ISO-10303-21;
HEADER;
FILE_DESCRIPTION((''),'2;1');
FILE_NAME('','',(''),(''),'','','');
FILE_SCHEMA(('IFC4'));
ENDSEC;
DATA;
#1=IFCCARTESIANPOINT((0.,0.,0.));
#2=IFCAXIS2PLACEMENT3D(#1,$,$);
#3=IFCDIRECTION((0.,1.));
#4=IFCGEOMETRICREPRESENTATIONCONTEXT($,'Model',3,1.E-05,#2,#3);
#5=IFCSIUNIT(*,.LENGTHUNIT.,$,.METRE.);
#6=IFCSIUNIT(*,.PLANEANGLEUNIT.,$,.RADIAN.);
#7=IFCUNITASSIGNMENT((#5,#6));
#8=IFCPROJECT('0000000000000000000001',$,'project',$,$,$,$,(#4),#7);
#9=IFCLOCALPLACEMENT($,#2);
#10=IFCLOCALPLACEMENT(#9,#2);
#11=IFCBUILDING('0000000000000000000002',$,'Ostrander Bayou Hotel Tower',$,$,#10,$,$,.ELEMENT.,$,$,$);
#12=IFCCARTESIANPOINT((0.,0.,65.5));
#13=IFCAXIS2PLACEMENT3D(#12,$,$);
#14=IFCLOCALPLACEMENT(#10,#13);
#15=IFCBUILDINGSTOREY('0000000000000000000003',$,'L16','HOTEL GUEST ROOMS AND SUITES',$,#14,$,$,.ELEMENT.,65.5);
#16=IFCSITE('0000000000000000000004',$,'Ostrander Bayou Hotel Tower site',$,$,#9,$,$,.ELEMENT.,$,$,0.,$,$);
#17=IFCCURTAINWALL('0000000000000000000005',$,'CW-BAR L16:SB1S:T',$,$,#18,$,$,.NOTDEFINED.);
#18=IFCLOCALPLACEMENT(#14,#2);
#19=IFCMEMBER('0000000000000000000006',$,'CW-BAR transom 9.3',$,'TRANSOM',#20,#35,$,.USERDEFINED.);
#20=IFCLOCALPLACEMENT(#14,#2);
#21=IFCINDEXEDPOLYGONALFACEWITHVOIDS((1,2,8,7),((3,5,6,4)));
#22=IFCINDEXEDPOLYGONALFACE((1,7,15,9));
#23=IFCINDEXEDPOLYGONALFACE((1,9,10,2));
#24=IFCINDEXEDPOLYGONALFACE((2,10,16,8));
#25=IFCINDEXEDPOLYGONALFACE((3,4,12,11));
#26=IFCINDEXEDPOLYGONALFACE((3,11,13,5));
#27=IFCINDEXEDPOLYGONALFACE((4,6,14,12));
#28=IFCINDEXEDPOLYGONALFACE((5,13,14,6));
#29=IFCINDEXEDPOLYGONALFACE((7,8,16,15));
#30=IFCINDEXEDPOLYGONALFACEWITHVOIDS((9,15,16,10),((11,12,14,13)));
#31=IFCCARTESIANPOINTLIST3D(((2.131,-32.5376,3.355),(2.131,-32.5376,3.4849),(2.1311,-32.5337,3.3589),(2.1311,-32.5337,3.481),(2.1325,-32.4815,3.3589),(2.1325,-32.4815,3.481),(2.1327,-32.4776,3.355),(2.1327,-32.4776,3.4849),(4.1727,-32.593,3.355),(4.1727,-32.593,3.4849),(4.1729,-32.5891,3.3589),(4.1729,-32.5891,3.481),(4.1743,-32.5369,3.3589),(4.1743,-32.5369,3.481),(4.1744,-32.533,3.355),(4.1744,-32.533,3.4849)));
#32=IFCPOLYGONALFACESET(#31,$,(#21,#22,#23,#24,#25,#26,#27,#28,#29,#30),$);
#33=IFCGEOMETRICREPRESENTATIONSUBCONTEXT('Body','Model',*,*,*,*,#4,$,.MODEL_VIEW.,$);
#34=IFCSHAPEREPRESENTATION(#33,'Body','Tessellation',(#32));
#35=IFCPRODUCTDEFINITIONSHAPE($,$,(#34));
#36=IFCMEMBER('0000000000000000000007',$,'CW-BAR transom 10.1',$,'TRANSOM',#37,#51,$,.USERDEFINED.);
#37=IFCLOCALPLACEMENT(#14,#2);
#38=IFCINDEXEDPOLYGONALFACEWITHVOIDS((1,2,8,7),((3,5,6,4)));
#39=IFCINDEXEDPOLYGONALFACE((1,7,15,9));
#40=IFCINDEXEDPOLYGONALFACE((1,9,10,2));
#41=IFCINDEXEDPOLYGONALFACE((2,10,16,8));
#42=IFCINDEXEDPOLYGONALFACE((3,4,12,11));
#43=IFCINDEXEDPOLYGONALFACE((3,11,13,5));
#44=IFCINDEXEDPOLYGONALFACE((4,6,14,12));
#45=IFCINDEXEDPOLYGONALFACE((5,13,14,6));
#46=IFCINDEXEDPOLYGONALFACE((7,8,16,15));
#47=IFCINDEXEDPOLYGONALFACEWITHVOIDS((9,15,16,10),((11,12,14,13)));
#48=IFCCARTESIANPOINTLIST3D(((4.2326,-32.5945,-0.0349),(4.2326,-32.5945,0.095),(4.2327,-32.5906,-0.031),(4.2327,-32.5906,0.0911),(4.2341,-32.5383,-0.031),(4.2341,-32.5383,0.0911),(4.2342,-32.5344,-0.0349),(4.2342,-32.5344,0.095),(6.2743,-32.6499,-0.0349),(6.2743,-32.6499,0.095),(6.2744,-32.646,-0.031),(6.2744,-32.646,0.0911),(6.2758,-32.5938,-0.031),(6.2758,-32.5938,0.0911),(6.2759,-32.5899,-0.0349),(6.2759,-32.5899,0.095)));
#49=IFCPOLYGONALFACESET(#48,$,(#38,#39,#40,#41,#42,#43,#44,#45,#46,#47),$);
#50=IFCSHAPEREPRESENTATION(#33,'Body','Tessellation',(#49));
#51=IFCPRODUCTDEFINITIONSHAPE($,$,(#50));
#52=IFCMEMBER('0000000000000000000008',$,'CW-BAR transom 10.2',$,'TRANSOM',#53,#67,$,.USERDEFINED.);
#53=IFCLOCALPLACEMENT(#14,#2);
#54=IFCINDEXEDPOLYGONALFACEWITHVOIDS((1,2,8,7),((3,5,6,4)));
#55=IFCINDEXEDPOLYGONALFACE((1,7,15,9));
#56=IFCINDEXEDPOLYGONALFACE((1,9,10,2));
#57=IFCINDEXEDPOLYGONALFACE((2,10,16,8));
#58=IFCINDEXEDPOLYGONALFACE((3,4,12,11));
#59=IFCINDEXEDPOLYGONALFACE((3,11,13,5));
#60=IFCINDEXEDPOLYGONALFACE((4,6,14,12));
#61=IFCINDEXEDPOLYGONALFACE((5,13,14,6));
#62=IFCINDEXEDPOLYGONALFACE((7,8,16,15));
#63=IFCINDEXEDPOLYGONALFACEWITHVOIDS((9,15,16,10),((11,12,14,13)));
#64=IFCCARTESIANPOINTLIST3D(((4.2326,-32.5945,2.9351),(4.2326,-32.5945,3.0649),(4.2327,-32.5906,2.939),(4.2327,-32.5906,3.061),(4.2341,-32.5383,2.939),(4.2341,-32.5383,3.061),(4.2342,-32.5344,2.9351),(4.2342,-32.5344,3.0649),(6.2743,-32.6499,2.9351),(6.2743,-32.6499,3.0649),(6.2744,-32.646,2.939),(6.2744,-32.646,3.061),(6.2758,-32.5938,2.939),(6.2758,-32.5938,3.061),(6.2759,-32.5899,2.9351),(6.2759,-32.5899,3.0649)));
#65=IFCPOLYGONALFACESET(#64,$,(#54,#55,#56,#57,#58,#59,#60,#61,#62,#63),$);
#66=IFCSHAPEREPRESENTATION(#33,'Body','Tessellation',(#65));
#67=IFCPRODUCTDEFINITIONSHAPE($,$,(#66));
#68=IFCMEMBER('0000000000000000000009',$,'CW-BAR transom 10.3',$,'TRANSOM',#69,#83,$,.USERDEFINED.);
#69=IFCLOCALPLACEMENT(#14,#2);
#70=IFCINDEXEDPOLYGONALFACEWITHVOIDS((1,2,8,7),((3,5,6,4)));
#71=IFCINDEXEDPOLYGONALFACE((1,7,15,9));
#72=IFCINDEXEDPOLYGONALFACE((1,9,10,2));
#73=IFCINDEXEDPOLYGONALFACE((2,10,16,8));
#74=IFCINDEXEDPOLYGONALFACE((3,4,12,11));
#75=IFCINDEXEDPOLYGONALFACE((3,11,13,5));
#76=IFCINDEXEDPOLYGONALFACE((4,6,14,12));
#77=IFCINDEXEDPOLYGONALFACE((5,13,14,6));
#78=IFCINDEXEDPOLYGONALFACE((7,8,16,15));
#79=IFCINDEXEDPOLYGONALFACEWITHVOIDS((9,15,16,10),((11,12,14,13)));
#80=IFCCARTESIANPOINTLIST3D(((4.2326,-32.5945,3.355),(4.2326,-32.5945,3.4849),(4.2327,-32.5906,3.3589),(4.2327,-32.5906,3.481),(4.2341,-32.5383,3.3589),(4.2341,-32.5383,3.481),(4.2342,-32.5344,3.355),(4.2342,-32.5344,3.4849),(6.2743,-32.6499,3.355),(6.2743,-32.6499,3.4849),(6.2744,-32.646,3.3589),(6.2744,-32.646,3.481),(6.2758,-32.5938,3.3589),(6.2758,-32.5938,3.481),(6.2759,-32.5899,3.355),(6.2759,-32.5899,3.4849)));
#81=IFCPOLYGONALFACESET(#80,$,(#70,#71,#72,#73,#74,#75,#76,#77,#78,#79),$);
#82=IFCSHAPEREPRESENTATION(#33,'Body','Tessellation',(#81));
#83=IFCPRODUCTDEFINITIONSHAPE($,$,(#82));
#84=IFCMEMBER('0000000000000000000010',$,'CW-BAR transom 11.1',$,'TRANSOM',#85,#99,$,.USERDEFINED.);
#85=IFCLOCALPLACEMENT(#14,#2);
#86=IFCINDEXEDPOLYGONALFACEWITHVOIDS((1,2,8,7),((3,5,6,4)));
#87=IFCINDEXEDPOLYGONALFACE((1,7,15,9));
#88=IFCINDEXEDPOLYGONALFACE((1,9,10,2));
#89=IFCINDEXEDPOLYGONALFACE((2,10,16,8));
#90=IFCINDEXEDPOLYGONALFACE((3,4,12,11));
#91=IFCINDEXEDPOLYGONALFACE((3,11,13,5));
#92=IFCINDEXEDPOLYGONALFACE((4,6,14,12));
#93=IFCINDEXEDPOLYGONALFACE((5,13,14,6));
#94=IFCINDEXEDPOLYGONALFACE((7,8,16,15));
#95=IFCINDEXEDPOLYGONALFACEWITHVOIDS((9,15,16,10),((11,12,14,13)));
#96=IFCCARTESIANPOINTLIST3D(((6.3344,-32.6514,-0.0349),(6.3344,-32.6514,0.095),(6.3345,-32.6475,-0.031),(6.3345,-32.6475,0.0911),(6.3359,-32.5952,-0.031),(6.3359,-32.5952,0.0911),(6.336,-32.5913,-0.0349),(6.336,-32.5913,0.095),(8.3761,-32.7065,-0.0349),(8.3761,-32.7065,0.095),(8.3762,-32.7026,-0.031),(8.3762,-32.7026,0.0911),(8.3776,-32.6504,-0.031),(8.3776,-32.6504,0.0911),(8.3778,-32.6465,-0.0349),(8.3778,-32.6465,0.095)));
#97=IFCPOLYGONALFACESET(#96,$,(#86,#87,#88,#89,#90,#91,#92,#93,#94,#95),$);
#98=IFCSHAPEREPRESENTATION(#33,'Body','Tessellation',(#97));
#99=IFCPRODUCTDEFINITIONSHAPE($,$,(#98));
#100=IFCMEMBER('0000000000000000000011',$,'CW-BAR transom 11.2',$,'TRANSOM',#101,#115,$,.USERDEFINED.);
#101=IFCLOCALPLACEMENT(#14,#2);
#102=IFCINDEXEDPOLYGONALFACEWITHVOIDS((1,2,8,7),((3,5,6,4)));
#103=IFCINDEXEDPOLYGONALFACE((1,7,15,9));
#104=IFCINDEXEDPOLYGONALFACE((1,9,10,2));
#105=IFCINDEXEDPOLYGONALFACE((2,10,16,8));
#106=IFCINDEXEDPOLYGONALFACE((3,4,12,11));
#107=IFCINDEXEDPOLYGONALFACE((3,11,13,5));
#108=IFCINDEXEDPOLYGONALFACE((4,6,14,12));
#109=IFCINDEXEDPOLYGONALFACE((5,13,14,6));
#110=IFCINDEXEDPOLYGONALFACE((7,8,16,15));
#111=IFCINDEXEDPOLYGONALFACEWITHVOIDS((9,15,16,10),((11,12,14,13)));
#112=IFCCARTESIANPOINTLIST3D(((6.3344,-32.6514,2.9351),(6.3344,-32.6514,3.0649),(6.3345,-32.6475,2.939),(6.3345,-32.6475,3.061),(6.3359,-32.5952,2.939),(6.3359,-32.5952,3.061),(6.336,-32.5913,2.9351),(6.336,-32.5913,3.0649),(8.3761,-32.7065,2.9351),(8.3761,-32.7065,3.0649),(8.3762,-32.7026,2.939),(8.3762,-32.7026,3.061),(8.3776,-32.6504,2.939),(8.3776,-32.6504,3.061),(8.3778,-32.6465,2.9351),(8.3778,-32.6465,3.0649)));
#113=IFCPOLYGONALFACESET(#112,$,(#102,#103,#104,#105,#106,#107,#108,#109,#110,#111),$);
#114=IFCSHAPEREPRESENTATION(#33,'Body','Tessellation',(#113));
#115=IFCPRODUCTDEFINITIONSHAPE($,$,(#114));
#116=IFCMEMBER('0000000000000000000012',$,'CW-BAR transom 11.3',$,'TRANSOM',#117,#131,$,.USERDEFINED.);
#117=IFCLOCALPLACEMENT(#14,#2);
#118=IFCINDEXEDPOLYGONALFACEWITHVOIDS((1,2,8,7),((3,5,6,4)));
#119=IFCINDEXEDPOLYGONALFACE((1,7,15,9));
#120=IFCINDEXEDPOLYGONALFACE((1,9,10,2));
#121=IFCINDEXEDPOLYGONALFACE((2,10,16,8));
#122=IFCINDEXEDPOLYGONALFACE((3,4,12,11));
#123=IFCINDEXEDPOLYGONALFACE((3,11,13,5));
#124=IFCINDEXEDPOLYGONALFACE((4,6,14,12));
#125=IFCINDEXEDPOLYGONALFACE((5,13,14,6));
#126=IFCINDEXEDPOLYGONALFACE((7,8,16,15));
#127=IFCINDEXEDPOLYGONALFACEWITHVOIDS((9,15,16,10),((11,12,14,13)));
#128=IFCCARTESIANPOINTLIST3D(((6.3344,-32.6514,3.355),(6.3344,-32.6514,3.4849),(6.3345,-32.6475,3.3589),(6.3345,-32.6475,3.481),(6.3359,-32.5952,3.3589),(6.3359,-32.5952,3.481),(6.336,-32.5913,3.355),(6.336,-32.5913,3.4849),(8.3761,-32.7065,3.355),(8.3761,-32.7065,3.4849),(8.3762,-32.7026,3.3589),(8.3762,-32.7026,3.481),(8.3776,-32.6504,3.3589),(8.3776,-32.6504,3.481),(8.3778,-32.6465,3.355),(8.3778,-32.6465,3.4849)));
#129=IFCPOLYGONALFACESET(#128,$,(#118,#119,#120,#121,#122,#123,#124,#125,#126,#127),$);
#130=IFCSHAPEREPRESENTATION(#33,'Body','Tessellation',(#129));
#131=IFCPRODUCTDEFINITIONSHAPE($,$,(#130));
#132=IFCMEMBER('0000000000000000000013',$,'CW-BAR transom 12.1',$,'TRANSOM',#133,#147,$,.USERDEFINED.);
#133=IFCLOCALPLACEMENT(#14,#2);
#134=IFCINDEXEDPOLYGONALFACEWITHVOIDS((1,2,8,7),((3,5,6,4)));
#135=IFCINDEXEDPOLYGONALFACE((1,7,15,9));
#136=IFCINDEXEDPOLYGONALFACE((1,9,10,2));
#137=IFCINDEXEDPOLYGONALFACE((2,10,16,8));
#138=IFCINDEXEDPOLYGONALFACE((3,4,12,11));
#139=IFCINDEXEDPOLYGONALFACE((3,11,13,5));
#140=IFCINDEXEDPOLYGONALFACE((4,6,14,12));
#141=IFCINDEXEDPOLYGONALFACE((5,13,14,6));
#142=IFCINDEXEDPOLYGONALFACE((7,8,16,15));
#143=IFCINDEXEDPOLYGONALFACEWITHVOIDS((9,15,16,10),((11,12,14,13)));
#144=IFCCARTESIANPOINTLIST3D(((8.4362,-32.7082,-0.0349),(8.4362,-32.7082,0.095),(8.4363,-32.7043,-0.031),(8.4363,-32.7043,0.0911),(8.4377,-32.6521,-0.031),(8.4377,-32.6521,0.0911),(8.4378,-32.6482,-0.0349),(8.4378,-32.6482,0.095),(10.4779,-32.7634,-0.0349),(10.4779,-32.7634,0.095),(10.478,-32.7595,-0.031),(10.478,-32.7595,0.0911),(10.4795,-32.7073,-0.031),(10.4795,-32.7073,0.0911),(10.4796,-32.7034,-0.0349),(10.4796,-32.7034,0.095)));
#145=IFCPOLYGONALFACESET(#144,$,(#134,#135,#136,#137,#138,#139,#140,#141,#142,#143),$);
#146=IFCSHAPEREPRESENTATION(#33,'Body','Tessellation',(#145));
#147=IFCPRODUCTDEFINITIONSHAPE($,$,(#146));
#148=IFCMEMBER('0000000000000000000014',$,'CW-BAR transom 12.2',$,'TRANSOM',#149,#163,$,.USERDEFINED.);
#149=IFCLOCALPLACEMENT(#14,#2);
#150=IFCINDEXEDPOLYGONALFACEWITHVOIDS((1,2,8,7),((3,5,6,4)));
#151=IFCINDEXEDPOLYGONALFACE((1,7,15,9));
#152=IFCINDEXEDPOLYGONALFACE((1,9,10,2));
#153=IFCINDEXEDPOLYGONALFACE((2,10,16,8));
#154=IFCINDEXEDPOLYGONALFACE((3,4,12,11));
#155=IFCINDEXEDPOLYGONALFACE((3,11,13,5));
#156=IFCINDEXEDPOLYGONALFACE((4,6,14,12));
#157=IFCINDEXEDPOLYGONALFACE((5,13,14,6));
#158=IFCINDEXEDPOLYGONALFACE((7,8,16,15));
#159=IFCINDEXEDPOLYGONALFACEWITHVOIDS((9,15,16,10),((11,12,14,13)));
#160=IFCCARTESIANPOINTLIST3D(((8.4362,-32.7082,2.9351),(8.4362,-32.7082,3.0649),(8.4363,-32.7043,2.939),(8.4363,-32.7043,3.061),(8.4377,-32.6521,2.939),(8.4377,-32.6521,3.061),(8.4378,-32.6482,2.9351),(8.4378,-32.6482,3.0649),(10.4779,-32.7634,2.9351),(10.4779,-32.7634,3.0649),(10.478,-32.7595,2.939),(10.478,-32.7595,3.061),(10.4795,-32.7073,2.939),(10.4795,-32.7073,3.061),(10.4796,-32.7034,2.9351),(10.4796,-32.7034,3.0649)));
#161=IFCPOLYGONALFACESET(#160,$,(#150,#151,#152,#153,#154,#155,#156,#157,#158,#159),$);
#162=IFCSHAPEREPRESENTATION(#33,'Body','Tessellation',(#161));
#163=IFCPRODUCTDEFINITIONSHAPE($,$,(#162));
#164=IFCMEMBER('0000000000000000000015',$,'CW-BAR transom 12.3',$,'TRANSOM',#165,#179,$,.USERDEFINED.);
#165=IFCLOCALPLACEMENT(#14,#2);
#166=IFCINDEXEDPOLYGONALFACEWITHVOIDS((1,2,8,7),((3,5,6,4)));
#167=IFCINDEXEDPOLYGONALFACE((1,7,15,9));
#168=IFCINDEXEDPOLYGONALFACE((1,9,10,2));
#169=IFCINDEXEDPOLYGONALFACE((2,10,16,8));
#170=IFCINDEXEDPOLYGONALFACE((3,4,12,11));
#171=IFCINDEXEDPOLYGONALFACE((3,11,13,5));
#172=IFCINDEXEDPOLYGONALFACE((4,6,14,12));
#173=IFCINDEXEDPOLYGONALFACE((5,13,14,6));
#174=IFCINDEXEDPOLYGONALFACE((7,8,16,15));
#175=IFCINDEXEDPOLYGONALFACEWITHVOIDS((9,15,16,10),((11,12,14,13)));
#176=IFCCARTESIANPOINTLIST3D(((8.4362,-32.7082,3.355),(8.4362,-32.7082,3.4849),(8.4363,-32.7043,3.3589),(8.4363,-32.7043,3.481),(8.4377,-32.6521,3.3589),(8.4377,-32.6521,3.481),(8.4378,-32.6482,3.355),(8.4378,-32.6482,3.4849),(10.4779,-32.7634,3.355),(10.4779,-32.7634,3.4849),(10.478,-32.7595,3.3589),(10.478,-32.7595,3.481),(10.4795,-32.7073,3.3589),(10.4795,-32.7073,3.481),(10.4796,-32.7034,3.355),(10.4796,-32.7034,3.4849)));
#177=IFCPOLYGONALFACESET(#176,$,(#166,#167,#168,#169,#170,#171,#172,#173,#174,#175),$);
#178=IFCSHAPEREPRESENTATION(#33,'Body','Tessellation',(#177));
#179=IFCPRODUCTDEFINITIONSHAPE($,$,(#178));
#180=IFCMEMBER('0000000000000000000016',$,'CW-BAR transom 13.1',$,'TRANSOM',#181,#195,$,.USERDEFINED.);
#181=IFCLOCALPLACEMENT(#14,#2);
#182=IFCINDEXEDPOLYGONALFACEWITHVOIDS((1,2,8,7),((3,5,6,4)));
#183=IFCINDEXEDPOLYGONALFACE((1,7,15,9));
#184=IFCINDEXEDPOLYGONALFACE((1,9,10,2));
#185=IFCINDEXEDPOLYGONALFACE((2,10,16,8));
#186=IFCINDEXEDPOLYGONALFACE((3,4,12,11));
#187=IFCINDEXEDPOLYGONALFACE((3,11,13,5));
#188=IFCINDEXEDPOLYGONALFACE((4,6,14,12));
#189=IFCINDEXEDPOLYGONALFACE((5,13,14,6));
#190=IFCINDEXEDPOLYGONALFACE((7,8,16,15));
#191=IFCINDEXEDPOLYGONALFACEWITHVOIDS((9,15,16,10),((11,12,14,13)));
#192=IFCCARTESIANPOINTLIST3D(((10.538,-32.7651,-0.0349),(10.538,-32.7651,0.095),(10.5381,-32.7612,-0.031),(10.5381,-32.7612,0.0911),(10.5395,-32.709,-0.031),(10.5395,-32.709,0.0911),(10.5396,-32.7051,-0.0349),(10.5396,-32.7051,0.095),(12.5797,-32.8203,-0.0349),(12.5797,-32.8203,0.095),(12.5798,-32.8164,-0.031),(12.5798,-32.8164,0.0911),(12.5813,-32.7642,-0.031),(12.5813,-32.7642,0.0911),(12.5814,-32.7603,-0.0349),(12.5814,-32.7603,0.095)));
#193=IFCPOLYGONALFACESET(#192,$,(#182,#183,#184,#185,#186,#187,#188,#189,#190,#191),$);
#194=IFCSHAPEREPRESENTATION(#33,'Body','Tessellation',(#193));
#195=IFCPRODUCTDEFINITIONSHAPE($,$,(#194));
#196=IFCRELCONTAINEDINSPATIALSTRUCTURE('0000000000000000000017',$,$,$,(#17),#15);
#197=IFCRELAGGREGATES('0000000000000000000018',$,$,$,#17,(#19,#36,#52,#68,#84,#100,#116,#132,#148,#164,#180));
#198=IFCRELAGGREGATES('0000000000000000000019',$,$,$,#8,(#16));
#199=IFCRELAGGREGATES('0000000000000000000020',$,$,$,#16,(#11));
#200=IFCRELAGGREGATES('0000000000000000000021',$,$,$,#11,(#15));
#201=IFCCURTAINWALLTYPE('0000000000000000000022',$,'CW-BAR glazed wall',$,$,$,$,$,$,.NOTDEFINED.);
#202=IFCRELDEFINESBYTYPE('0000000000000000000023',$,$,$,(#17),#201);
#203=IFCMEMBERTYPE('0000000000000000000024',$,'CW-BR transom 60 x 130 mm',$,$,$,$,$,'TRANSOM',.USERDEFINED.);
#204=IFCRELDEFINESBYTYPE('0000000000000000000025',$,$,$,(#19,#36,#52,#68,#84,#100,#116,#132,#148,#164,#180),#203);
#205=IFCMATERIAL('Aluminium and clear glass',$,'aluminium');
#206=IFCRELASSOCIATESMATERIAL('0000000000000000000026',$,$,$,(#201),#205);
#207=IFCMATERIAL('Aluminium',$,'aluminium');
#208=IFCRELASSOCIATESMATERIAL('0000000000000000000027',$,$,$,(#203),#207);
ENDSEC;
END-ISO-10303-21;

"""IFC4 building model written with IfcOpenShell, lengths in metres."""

from ifc_helpers import new_model, si_unit, direction, frame, origin, origin_2d, place, context, subcontext, project, spatial, hollow_rectangle, extrude, material, material_profile, profile_set, type_object, element, aggregate, save


model = new_model("IFC4")

# Units and contexts
model_context = context("Model", 3, precision=1e-05, world=origin(), true_north=direction((0.0, 1.0)))
body_context = subcontext(model_context, "Body", "Model", "MODEL_VIEW")
ifc_project = project(units=[si_unit("LENGTHUNIT", "METRE"), si_unit("PLANEANGLEUNIT", "RADIAN")], contexts=[model_context])

# Site, building, storey
site_placement = place(None, origin())
site = spatial("IfcSite", under=ifc_project, at=site_placement, Name="Ostrander Bayou Hotel Tower site", CompositionType="ELEMENT", RefElevation=0.0)
building_placement = place(site_placement, origin())
building = spatial("IfcBuilding", under=site, at=building_placement, Name="Ostrander Bayou Hotel Tower", CompositionType="ELEMENT")
storey_placement = place(building_placement, frame((0.0, 0.0, 65.5)))
storey = spatial("IfcBuildingStorey", under=building, at=storey_placement, Name="L16", Description="HOTEL GUEST ROOMS AND SUITES", CompositionType="ELEMENT", Elevation=65.5)

# Curtain wall, members
ifc_material_1 = material(Name="Aluminium and clear glass", Category="aluminium")
curtain_wall_type = type_object("IfcCurtainWallType", Name="CW-BAR glazed wall", PredefinedType="NOTDEFINED", material=ifc_material_1)
curtain_wall_placement = place(storey_placement, origin())
curtain_wall = element("IfcCurtainWall", 1, at=curtain_wall_placement, inside=storey, type_object=curtain_wall_type, Name="CW-BAR L16:SB1S:T", PredefinedType="NOTDEFINED")
ifc_material_2 = material(Name="Aluminium", Category="aluminium")
ifc_material_profile_1 = material_profile(ifc_material_2, hollow_rectangle(XDim=0.0601, YDim=0.1299, WallThickness=0.0039, at=origin_2d()))
ifc_profile_set_1 = profile_set([ifc_material_profile_1], Name="Aluminium")
member_type_1 = type_object("IfcMemberType", Name="CW-BR transom 60 x 130 mm", ElementType="TRANSOM", PredefinedType="USERDEFINED", material=ifc_profile_set_1)
member_1_placement = place(storey_placement, frame((2.1318, -32.5076, 3.4199), z_axis=(0.999632, -0.027133, 0.0), x_axis=(0.027133, 0.999632, 0.0)))
member_1 = element("IfcMember", 2, at=member_1_placement, type_object=member_type_1, Name="CW-BAR transom 9.3", ObjectType="TRANSOM", PredefinedType="USERDEFINED", context=body_context, shape_type="SweptSolid", body=[
    extrude(hollow_rectangle(XDim=0.0601, YDim=0.1299, WallThickness=0.0039, at=origin_2d()), origin(), (0.0, 0.0, 1.0), 2.0425),
])
member_2_placement = place(storey_placement, frame((4.2334, -32.5645, 0.03), z_axis=(0.999632, -0.027133, 0.0), x_axis=(0.027133, 0.999632, 0.0)))
member_2 = element("IfcMember", 3, at=member_2_placement, type_object=member_type_1, Name="CW-BAR transom 10.1", ObjectType="TRANSOM", PredefinedType="USERDEFINED", context=body_context, shape_type="SweptSolid", body=[
    extrude(hollow_rectangle(XDim=0.0601, YDim=0.1299, WallThickness=0.0039, at=origin_2d()), origin(), (0.0, 0.0, 1.0), 2.0425),
])
member_3_placement = place(storey_placement, frame((4.2334, -32.5645, 3.0), z_axis=(0.999632, -0.027133, 0.0), x_axis=(0.027133, 0.999632, 0.0)))
member_3 = element("IfcMember", 4, at=member_3_placement, type_object=member_type_1, Name="CW-BAR transom 10.2", ObjectType="TRANSOM", PredefinedType="USERDEFINED", context=body_context, shape_type="SweptSolid", body=[
    extrude(hollow_rectangle(XDim=0.0601, YDim=0.1299, WallThickness=0.0039, at=origin_2d()), origin(), (0.0, 0.0, 1.0), 2.0425),
])
member_4_placement = place(storey_placement, frame((4.2334, -32.5645, 3.4199), z_axis=(0.999632, -0.027133, 0.0), x_axis=(0.027133, 0.999632, 0.0)))
member_4 = element("IfcMember", 5, at=member_4_placement, type_object=member_type_1, Name="CW-BAR transom 10.3", ObjectType="TRANSOM", PredefinedType="USERDEFINED", context=body_context, shape_type="SweptSolid", body=[
    extrude(hollow_rectangle(XDim=0.0601, YDim=0.1299, WallThickness=0.0039, at=origin_2d()), origin(), (0.0, 0.0, 1.0), 2.0425),
])
member_5_placement = place(storey_placement, frame((6.3352, -32.6213, 0.03), z_axis=(0.999635, -0.027014, 0.0), x_axis=(0.027014, 0.999635, 0.0)))
member_5 = element("IfcMember", 6, at=member_5_placement, type_object=member_type_1, Name="CW-BAR transom 11.1", ObjectType="TRANSOM", PredefinedType="USERDEFINED", context=body_context, shape_type="SweptSolid", body=[
    extrude(hollow_rectangle(XDim=0.0601, YDim=0.1299, WallThickness=0.0039, at=origin_2d()), origin(), (0.0, 0.0, 1.0), 2.0425),
])
member_6_placement = place(storey_placement, frame((6.3352, -32.6213, 3.0), z_axis=(0.999635, -0.027014, 0.0), x_axis=(0.027014, 0.999635, 0.0)))
member_6 = element("IfcMember", 7, at=member_6_placement, type_object=member_type_1, Name="CW-BAR transom 11.2", ObjectType="TRANSOM", PredefinedType="USERDEFINED", context=body_context, shape_type="SweptSolid", body=[
    extrude(hollow_rectangle(XDim=0.0601, YDim=0.1299, WallThickness=0.0039, at=origin_2d()), origin(), (0.0, 0.0, 1.0), 2.0425),
])
member_7_placement = place(storey_placement, frame((6.3352, -32.6213, 3.4199), z_axis=(0.999635, -0.027014, 0.0), x_axis=(0.027014, 0.999635, 0.0)))
member_7 = element("IfcMember", 8, at=member_7_placement, type_object=member_type_1, Name="CW-BAR transom 11.3", ObjectType="TRANSOM", PredefinedType="USERDEFINED", context=body_context, shape_type="SweptSolid", body=[
    extrude(hollow_rectangle(XDim=0.0601, YDim=0.1299, WallThickness=0.0039, at=origin_2d()), origin(), (0.0, 0.0, 1.0), 2.0425),
])
member_8_placement = place(storey_placement, frame((8.437, -32.6782, 0.03), z_axis=(0.999635, -0.027014, 0.0), x_axis=(0.027014, 0.999635, 0.0)))
member_8 = element("IfcMember", 9, at=member_8_placement, type_object=member_type_1, Name="CW-BAR transom 12.1", ObjectType="TRANSOM", PredefinedType="USERDEFINED", context=body_context, shape_type="SweptSolid", body=[
    extrude(hollow_rectangle(XDim=0.0601, YDim=0.1299, WallThickness=0.0039, at=origin_2d()), origin(), (0.0, 0.0, 1.0), 2.0425),
])
member_9_placement = place(storey_placement, frame((8.437, -32.6782, 3.0), z_axis=(0.999635, -0.027014, 0.0), x_axis=(0.027014, 0.999635, 0.0)))
member_9 = element("IfcMember", 10, at=member_9_placement, type_object=member_type_1, Name="CW-BAR transom 12.2", ObjectType="TRANSOM", PredefinedType="USERDEFINED", context=body_context, shape_type="SweptSolid", body=[
    extrude(hollow_rectangle(XDim=0.0601, YDim=0.1299, WallThickness=0.0039, at=origin_2d()), origin(), (0.0, 0.0, 1.0), 2.0425),
])
member_10_placement = place(storey_placement, frame((8.437, -32.6782, 3.4199), z_axis=(0.999635, -0.027014, 0.0), x_axis=(0.027014, 0.999635, 0.0)))
member_10 = element("IfcMember", 11, at=member_10_placement, type_object=member_type_1, Name="CW-BAR transom 12.3", ObjectType="TRANSOM", PredefinedType="USERDEFINED", context=body_context, shape_type="SweptSolid", body=[
    extrude(hollow_rectangle(XDim=0.0601, YDim=0.1299, WallThickness=0.0039, at=origin_2d()), origin(), (0.0, 0.0, 1.0), 2.0425),
])
member_11_placement = place(storey_placement, frame((10.5388, -32.7351, 0.03), z_axis=(0.999635, -0.027014, 0.0), x_axis=(0.027014, 0.999635, 0.0)))
member_11 = element("IfcMember", 12, at=member_11_placement, type_object=member_type_1, Name="CW-BAR transom 13.1", ObjectType="TRANSOM", PredefinedType="USERDEFINED", context=body_context, shape_type="SweptSolid", body=[
    extrude(hollow_rectangle(XDim=0.0601, YDim=0.1299, WallThickness=0.0039, at=origin_2d()), origin(), (0.0, 0.0, 1.0), 2.0425),
])
aggregate(curtain_wall, [member_1, member_2, member_3, member_4, member_5, member_6, member_7, member_8, member_9, member_10, member_11])

save(model, "model.ifc")
